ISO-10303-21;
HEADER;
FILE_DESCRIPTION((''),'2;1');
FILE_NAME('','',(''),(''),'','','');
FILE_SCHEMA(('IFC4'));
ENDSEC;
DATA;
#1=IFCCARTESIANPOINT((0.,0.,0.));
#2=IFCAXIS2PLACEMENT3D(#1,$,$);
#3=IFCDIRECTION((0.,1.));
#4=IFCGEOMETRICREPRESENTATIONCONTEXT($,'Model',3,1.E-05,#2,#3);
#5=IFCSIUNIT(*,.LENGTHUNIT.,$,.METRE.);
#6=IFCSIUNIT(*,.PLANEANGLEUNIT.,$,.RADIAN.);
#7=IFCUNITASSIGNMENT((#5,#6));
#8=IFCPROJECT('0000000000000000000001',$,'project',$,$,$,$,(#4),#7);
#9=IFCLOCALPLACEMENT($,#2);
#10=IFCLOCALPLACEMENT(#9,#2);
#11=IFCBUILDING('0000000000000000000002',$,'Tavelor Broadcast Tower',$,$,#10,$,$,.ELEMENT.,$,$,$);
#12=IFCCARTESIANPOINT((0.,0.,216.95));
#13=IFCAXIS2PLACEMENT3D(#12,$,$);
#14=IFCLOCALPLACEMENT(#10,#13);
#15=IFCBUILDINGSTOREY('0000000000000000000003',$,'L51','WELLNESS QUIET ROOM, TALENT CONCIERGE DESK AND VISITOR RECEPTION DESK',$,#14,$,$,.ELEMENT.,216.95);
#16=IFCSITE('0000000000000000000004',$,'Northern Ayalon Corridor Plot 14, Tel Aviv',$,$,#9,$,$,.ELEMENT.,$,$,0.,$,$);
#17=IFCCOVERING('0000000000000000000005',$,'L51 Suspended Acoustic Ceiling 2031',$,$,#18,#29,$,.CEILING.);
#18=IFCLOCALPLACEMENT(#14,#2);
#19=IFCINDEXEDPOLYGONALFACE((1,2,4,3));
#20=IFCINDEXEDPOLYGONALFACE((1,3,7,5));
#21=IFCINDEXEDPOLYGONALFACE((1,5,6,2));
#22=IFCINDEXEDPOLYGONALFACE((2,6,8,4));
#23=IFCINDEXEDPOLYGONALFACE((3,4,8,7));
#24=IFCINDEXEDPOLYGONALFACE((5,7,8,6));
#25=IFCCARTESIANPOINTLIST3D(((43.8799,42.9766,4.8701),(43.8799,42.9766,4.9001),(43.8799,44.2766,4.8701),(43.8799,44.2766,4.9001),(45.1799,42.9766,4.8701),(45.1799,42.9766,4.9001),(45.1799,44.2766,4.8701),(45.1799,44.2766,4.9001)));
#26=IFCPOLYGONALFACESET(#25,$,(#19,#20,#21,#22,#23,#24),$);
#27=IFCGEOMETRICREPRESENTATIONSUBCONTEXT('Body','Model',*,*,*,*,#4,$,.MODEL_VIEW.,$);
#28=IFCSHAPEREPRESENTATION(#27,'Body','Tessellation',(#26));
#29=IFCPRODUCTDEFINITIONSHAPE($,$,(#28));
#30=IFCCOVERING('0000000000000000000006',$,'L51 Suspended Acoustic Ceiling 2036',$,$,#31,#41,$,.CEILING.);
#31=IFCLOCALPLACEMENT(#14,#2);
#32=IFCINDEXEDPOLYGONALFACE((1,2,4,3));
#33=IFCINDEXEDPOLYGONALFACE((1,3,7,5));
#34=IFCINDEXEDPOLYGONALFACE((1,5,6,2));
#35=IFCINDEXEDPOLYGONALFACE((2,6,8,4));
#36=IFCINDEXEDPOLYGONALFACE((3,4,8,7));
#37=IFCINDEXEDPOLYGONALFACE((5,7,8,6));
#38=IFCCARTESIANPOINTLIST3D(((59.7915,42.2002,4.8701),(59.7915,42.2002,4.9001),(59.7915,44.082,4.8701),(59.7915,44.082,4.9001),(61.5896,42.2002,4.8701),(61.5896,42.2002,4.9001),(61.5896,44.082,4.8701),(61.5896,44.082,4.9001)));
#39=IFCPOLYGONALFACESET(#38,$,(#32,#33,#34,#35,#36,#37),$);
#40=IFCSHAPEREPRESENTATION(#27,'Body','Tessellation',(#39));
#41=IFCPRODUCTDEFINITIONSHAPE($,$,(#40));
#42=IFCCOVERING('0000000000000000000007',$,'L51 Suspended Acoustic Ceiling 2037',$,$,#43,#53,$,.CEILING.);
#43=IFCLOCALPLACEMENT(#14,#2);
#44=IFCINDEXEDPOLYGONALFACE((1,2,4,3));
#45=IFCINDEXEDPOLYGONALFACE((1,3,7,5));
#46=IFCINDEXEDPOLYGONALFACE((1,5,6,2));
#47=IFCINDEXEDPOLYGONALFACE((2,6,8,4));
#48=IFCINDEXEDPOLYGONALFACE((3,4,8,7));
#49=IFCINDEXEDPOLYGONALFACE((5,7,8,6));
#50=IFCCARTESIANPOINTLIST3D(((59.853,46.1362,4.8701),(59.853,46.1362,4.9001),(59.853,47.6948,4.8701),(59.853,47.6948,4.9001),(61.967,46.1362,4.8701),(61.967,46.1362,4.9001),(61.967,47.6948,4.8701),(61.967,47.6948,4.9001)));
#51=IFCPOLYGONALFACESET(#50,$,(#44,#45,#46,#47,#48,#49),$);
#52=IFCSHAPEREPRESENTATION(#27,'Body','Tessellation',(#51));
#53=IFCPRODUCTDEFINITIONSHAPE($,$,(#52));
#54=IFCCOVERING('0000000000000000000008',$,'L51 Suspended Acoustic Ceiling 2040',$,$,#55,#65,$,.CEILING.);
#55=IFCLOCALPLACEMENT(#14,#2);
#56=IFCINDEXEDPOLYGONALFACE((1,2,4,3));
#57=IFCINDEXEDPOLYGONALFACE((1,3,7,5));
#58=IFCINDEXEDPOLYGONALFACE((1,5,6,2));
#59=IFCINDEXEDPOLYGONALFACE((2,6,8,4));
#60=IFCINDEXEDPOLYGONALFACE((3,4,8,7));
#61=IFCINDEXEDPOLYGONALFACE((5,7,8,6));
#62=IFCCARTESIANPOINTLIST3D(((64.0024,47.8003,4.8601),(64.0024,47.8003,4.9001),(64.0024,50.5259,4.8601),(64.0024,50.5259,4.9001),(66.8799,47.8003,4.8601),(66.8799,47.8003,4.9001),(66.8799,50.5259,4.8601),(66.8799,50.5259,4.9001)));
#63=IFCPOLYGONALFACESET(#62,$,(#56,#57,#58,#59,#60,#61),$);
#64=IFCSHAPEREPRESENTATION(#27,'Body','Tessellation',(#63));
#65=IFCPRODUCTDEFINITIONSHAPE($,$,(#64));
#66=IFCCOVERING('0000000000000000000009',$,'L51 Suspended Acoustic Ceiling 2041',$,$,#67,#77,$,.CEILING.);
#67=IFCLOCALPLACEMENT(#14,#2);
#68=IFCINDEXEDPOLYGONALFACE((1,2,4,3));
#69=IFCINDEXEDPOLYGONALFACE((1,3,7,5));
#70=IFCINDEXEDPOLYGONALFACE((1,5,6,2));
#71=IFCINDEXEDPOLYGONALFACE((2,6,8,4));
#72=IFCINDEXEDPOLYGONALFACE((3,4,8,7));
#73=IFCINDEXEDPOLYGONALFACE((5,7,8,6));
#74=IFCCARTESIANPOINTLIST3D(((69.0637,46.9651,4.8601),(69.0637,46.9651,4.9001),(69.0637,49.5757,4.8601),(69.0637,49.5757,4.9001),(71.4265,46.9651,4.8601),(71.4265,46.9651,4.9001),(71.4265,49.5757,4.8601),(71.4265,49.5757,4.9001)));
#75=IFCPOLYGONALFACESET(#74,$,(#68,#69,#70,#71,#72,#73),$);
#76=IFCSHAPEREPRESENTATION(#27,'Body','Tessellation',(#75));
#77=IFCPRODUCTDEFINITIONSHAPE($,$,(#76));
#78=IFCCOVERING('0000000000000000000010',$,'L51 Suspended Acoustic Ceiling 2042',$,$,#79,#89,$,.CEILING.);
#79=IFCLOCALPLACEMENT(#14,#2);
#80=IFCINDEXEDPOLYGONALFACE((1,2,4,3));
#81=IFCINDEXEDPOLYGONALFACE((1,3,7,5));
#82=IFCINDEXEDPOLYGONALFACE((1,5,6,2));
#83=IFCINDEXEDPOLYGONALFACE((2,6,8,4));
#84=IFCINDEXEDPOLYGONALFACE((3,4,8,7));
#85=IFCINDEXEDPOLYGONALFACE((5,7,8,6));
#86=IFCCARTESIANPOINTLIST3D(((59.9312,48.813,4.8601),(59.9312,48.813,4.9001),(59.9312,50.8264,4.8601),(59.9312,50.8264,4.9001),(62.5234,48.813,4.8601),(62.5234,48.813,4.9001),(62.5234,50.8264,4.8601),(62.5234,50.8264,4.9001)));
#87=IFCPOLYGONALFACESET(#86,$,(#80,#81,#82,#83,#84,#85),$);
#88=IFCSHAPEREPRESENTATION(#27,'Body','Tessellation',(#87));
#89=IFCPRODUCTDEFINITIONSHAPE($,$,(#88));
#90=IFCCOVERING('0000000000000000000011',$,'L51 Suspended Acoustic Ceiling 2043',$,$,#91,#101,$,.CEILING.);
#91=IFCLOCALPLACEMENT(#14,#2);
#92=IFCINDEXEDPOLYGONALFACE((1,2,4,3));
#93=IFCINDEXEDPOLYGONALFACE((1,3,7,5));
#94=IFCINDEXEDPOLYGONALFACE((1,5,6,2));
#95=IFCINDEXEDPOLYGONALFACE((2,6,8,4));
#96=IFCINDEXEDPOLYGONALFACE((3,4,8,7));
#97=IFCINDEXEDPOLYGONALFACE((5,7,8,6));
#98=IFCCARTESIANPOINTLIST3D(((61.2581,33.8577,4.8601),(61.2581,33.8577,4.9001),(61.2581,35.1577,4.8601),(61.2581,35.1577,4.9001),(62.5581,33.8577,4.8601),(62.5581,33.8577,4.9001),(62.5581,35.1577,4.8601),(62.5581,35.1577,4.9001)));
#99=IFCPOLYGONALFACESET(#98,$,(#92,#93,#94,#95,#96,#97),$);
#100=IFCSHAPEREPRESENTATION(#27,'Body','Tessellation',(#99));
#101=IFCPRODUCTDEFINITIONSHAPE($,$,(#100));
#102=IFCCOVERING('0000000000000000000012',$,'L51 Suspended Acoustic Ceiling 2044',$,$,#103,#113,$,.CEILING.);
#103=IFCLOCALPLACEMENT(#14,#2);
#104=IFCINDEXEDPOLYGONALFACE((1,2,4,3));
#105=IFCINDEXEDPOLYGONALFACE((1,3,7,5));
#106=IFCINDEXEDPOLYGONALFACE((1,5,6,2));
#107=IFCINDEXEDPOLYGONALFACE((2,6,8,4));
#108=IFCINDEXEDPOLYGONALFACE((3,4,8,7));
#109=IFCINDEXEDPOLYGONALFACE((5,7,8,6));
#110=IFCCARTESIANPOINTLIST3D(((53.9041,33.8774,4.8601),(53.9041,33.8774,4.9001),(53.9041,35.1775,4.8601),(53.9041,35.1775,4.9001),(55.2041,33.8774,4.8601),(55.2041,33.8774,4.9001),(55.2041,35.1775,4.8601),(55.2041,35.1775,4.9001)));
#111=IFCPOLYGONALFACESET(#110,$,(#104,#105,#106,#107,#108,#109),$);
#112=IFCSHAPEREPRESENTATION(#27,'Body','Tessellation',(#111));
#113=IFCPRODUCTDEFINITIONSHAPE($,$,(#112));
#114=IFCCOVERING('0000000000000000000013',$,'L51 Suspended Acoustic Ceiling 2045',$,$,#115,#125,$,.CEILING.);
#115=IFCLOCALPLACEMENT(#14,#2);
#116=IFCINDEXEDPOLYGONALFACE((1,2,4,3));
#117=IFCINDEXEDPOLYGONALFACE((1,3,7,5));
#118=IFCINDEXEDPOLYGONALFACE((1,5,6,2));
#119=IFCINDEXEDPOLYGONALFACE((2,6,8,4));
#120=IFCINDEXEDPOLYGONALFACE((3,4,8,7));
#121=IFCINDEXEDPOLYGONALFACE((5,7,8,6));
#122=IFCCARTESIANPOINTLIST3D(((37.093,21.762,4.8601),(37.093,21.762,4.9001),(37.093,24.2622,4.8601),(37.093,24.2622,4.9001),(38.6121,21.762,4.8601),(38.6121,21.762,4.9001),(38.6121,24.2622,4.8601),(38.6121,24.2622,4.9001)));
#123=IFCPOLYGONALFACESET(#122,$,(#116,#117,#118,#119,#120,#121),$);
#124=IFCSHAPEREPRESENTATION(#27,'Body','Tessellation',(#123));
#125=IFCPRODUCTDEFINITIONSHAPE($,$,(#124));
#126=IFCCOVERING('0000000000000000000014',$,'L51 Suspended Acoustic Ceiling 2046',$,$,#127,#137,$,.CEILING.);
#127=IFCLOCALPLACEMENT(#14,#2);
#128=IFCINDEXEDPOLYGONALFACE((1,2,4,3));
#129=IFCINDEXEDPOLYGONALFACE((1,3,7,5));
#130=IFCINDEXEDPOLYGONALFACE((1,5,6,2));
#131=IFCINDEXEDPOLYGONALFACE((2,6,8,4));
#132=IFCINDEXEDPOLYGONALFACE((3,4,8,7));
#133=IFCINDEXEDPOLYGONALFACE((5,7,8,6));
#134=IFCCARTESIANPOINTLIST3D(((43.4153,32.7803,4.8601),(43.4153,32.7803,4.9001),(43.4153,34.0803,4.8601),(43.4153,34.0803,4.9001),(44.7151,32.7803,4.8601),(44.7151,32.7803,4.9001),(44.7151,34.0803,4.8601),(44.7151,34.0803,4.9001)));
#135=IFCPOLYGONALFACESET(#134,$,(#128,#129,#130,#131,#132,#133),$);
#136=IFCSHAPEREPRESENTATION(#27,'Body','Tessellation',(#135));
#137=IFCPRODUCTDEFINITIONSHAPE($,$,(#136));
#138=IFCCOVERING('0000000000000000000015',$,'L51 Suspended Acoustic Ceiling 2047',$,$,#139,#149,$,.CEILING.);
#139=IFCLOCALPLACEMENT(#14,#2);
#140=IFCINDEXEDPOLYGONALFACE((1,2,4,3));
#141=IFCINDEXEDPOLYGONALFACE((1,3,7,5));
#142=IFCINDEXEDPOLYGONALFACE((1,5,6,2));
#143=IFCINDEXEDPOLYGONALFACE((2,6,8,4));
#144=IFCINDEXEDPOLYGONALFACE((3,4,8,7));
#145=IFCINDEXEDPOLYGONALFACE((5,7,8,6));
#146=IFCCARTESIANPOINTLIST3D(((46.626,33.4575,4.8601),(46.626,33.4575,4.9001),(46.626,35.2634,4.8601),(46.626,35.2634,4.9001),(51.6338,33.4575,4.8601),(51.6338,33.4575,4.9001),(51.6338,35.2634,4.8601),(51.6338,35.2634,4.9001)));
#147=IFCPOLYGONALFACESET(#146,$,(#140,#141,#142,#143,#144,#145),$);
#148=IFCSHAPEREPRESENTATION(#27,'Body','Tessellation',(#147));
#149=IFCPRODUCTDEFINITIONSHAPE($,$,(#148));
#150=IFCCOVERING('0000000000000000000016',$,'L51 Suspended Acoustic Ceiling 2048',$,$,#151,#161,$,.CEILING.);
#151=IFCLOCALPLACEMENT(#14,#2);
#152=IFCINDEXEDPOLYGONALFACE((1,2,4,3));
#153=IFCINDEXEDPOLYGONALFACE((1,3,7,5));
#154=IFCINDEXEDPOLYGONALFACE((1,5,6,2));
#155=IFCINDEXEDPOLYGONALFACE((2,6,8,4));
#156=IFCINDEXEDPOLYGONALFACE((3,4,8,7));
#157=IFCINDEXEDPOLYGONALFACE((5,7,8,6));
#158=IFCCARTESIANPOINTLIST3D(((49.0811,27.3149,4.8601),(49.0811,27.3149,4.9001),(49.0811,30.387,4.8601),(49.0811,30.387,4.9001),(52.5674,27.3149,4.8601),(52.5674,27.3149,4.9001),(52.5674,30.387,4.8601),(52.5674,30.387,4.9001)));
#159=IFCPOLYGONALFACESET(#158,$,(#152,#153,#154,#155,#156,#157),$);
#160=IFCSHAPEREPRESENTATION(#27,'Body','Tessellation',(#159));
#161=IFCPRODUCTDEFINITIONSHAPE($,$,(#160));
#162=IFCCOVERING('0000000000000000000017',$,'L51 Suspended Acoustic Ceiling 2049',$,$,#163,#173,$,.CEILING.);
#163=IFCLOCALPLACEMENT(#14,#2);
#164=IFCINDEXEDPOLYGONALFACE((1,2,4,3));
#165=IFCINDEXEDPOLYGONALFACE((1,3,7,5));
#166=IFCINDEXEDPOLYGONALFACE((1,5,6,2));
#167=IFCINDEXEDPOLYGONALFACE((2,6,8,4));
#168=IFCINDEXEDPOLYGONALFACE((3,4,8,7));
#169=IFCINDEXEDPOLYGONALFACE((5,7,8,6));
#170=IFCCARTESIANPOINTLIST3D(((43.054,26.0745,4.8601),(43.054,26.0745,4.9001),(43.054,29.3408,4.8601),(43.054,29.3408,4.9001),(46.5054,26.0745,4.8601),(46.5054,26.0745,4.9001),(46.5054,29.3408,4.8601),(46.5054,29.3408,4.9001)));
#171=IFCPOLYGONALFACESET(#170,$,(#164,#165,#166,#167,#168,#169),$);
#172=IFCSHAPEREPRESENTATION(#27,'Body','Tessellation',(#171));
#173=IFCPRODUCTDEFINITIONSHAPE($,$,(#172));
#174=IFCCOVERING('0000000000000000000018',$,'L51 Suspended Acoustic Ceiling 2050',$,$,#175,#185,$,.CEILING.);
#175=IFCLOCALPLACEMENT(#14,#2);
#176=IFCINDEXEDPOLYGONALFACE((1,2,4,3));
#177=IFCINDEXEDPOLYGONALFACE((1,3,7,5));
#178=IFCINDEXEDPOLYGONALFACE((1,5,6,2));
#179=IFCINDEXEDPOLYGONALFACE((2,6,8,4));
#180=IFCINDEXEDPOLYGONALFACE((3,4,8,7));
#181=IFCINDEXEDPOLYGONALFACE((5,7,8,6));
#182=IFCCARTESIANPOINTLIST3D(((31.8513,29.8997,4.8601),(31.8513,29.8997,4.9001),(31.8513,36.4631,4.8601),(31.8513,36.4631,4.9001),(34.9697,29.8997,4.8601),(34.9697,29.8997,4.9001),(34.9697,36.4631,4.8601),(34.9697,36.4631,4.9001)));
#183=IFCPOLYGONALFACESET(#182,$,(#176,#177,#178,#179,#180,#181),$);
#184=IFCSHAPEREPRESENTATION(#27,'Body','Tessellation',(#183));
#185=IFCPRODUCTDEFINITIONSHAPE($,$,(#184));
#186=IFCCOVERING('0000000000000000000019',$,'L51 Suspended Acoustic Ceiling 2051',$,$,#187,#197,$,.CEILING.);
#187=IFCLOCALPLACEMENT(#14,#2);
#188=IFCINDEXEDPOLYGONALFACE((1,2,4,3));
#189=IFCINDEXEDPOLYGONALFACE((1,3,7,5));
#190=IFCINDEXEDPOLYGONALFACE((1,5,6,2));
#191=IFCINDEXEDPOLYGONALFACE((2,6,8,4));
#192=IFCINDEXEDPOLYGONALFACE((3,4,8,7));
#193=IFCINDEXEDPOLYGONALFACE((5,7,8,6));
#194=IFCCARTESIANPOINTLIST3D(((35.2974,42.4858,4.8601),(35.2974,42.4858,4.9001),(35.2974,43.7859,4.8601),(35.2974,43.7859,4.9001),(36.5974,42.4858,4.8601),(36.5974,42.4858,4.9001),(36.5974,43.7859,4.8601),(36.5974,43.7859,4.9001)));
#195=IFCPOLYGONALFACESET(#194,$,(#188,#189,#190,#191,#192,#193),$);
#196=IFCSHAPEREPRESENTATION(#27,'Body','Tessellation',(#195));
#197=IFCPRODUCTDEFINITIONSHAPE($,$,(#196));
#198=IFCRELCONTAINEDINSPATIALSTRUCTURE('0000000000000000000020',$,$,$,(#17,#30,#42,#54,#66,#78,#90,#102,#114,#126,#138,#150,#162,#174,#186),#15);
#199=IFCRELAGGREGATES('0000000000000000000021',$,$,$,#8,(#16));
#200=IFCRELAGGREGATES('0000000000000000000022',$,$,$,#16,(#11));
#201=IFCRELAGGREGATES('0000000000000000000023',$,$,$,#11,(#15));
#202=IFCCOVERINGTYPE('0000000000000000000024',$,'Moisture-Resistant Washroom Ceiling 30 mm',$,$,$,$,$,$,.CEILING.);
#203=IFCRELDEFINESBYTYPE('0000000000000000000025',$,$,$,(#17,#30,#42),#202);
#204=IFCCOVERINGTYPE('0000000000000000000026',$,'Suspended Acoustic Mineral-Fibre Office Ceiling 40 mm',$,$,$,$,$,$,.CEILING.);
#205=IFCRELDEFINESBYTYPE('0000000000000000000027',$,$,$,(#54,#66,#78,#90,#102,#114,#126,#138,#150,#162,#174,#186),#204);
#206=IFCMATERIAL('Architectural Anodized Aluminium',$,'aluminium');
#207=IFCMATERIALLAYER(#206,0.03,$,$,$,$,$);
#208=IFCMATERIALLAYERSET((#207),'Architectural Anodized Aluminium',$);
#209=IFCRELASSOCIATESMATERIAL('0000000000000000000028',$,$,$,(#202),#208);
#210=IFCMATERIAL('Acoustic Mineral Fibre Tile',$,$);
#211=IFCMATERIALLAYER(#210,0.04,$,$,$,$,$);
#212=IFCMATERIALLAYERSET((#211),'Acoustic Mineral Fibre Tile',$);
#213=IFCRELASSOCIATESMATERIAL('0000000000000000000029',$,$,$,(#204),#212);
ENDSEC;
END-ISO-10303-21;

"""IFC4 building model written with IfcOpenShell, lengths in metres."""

from ifc_helpers import new_model, si_unit, direction, frame, origin, place, context, subcontext, project, spatial, polyline, outline, extrude, material, layer, layer_set, type_object, element, save


model = new_model("IFC4")

# Units and contexts
model_context = context("Model", 3, precision=1e-05, world=origin(), true_north=direction((0.0, 1.0)))
body_context = subcontext(model_context, "Body", "Model", "MODEL_VIEW")
ifc_project = project(units=[si_unit("LENGTHUNIT", "METRE"), si_unit("PLANEANGLEUNIT", "RADIAN")], contexts=[model_context])

# Site, building, storey
site_placement = place(None, origin())
site = spatial("IfcSite", under=ifc_project, at=site_placement, Name="Northern Ayalon Corridor Plot 14, Tel Aviv", CompositionType="ELEMENT", RefElevation=0.0)
building_placement = place(site_placement, origin())
building = spatial("IfcBuilding", under=site, at=building_placement, Name="Tavelor Broadcast Tower", CompositionType="ELEMENT")
storey_placement = place(building_placement, frame((0.0, 0.0, 216.95)))
storey = spatial("IfcBuildingStorey", under=building, at=storey_placement, Name="L51", Description="WELLNESS QUIET ROOM, TALENT CONCIERGE DESK AND VISITOR RECEPTION DESK", CompositionType="ELEMENT", Elevation=216.95)

# Coverings
ifc_material_1 = material(Name="Architectural Anodized Aluminium", Category="aluminium")
ifc_layer_1 = layer(ifc_material_1, 0.03)
ifc_layer_set_1 = layer_set([ifc_layer_1], Name="Architectural Anodized Aluminium")
covering_type_1 = type_object("IfcCoveringType", Name="Moisture-Resistant Washroom Ceiling 30 mm", PredefinedType="CEILING", material=ifc_layer_set_1)
covering_1_placement = place(storey_placement, frame((0.0, 0.0, 4.8701)))
element("IfcCovering", 1, at=covering_1_placement, inside=storey, type_object=covering_type_1, Name="L51 Suspended Acoustic Ceiling 2031", PredefinedType="CEILING", context=body_context, shape_type="SweptSolid", body=[
    extrude(outline(polyline([(43.8799, 42.9766), (45.1799, 42.9766), (45.1799, 44.2766), (43.8799, 44.2766), (43.8799, 42.9766)])), origin(), (0.0, 0.0, 1.0), 0.03),
])
covering_2_placement = place(storey_placement, frame((0.0, 0.0, 4.8701)))
element("IfcCovering", 2, at=covering_2_placement, inside=storey, type_object=covering_type_1, Name="L51 Suspended Acoustic Ceiling 2036", PredefinedType="CEILING", context=body_context, shape_type="SweptSolid", body=[
    extrude(outline(polyline([(59.7915, 42.2002), (61.5896, 42.2002), (61.5896, 44.082), (59.7915, 44.082), (59.7915, 42.2002)])), origin(), (0.0, 0.0, 1.0), 0.03),
])
covering_3_placement = place(storey_placement, frame((0.0, 0.0, 4.8701)))
element("IfcCovering", 3, at=covering_3_placement, inside=storey, type_object=covering_type_1, Name="L51 Suspended Acoustic Ceiling 2037", PredefinedType="CEILING", context=body_context, shape_type="SweptSolid", body=[
    extrude(outline(polyline([(59.853, 46.1362), (61.967, 46.1362), (61.967, 47.6948), (59.853, 47.6948), (59.853, 46.1362)])), origin(), (0.0, 0.0, 1.0), 0.03),
])
ifc_material_2 = material(Name="Acoustic Mineral Fibre Tile")
ifc_layer_2 = layer(ifc_material_2, 0.04)
ifc_layer_set_2 = layer_set([ifc_layer_2], Name="Acoustic Mineral Fibre Tile")
covering_type_2 = type_object("IfcCoveringType", Name="Suspended Acoustic Mineral-Fibre Office Ceiling 40 mm", PredefinedType="CEILING", material=ifc_layer_set_2)
covering_4_placement = place(storey_placement, frame((0.0, 0.0, 4.8601)))
element("IfcCovering", 4, at=covering_4_placement, inside=storey, type_object=covering_type_2, Name="L51 Suspended Acoustic Ceiling 2040", PredefinedType="CEILING", context=body_context, shape_type="SweptSolid", body=[
    extrude(outline(polyline([(64.0024, 47.8003), (66.8799, 47.8003), (66.8799, 50.5259), (64.0024, 50.5259), (64.0024, 47.8003)])), origin(), (0.0, 0.0, 1.0), 0.04),
])
covering_5_placement = place(storey_placement, frame((0.0, 0.0, 4.8601)))
element("IfcCovering", 5, at=covering_5_placement, inside=storey, type_object=covering_type_2, Name="L51 Suspended Acoustic Ceiling 2041", PredefinedType="CEILING", context=body_context, shape_type="SweptSolid", body=[
    extrude(outline(polyline([(69.0637, 46.9651), (71.4265, 46.9651), (71.4265, 49.5757), (69.0637, 49.5757), (69.0637, 46.9651)])), origin(), (0.0, 0.0, 1.0), 0.04),
])
covering_6_placement = place(storey_placement, frame((0.0, 0.0, 4.8601)))
element("IfcCovering", 6, at=covering_6_placement, inside=storey, type_object=covering_type_2, Name="L51 Suspended Acoustic Ceiling 2042", PredefinedType="CEILING", context=body_context, shape_type="SweptSolid", body=[
    extrude(outline(polyline([(59.9312, 48.813), (62.5234, 48.813), (62.5234, 50.8264), (59.9312, 50.8264), (59.9312, 48.813)])), origin(), (0.0, 0.0, 1.0), 0.04),
])
covering_7_placement = place(storey_placement, frame((0.0, 0.0, 4.8601)))
element("IfcCovering", 7, at=covering_7_placement, inside=storey, type_object=covering_type_2, Name="L51 Suspended Acoustic Ceiling 2043", PredefinedType="CEILING", context=body_context, shape_type="SweptSolid", body=[
    extrude(outline(polyline([(61.2581, 33.8577), (62.5581, 33.8577), (62.5581, 35.1577), (61.2581, 35.1577), (61.2581, 33.8577)])), origin(), (0.0, 0.0, 1.0), 0.04),
])
covering_8_placement = place(storey_placement, frame((0.0, 0.0, 4.8601)))
element("IfcCovering", 8, at=covering_8_placement, inside=storey, type_object=covering_type_2, Name="L51 Suspended Acoustic Ceiling 2044", PredefinedType="CEILING", context=body_context, shape_type="SweptSolid", body=[
    extrude(outline(polyline([(53.9041, 33.8774), (55.2041, 33.8774), (55.2041, 35.1775), (53.9041, 35.1775), (53.9041, 33.8774)])), origin(), (0.0, 0.0, 1.0), 0.04),
])
covering_9_placement = place(storey_placement, frame((0.0, 0.0, 4.8601)))
element("IfcCovering", 9, at=covering_9_placement, inside=storey, type_object=covering_type_2, Name="L51 Suspended Acoustic Ceiling 2045", PredefinedType="CEILING", context=body_context, shape_type="SweptSolid", body=[
    extrude(outline(polyline([(37.093, 21.762), (38.6121, 21.762), (38.6121, 24.2622), (37.093, 24.2622), (37.093, 21.762)])), origin(), (0.0, 0.0, 1.0), 0.04),
])
covering_10_placement = place(storey_placement, frame((0.0, 0.0, 4.8601)))
element("IfcCovering", 10, at=covering_10_placement, inside=storey, type_object=covering_type_2, Name="L51 Suspended Acoustic Ceiling 2046", PredefinedType="CEILING", context=body_context, shape_type="SweptSolid", body=[
    extrude(outline(polyline([(43.4153, 32.7803), (44.7151, 32.7803), (44.7151, 34.0803), (43.4153, 34.0803), (43.4153, 32.7803)])), origin(), (0.0, 0.0, 1.0), 0.04),
])
covering_11_placement = place(storey_placement, frame((0.0, 0.0, 4.8601)))
element("IfcCovering", 11, at=covering_11_placement, inside=storey, type_object=covering_type_2, Name="L51 Suspended Acoustic Ceiling 2047", PredefinedType="CEILING", context=body_context, shape_type="SweptSolid", body=[
    extrude(outline(polyline([(46.626, 33.4575), (51.6338, 33.4575), (51.6338, 35.2634), (46.626, 35.2634), (46.626, 33.4575)])), origin(), (0.0, 0.0, 1.0), 0.04),
])
covering_12_placement = place(storey_placement, frame((0.0, 0.0, 4.8601)))
element("IfcCovering", 12, at=covering_12_placement, inside=storey, type_object=covering_type_2, Name="L51 Suspended Acoustic Ceiling 2048", PredefinedType="CEILING", context=body_context, shape_type="SweptSolid", body=[
    extrude(outline(polyline([(49.0811, 27.3149), (52.5674, 27.3149), (52.5674, 30.387), (49.0811, 30.387), (49.0811, 27.3149)])), origin(), (0.0, 0.0, 1.0), 0.04),
])
covering_13_placement = place(storey_placement, frame((0.0, 0.0, 4.8601)))
element("IfcCovering", 13, at=covering_13_placement, inside=storey, type_object=covering_type_2, Name="L51 Suspended Acoustic Ceiling 2049", PredefinedType="CEILING", context=body_context, shape_type="SweptSolid", body=[
    extrude(outline(polyline([(43.054, 26.0745), (46.5054, 26.0745), (46.5054, 29.3408), (43.054, 29.3408), (43.054, 26.0745)])), origin(), (0.0, 0.0, 1.0), 0.04),
])
covering_14_placement = place(storey_placement, frame((0.0, 0.0, 4.8601)))
element("IfcCovering", 14, at=covering_14_placement, inside=storey, type_object=covering_type_2, Name="L51 Suspended Acoustic Ceiling 2050", PredefinedType="CEILING", context=body_context, shape_type="SweptSolid", body=[
    extrude(outline(polyline([(31.8513, 29.8997), (34.9697, 29.8997), (34.9697, 36.4631), (31.8513, 36.4631), (31.8513, 29.8997)])), origin(), (0.0, 0.0, 1.0), 0.04),
])
covering_15_placement = place(storey_placement, frame((0.0, 0.0, 4.8601)))
element("IfcCovering", 15, at=covering_15_placement, inside=storey, type_object=covering_type_2, Name="L51 Suspended Acoustic Ceiling 2051", PredefinedType="CEILING", context=body_context, shape_type="SweptSolid", body=[
    extrude(outline(polyline([(35.2974, 42.4858), (36.5974, 42.4858), (36.5974, 43.7859), (35.2974, 43.7859), (35.2974, 42.4858)])), origin(), (0.0, 0.0, 1.0), 0.04),
])

save(model, "model.ifc")
